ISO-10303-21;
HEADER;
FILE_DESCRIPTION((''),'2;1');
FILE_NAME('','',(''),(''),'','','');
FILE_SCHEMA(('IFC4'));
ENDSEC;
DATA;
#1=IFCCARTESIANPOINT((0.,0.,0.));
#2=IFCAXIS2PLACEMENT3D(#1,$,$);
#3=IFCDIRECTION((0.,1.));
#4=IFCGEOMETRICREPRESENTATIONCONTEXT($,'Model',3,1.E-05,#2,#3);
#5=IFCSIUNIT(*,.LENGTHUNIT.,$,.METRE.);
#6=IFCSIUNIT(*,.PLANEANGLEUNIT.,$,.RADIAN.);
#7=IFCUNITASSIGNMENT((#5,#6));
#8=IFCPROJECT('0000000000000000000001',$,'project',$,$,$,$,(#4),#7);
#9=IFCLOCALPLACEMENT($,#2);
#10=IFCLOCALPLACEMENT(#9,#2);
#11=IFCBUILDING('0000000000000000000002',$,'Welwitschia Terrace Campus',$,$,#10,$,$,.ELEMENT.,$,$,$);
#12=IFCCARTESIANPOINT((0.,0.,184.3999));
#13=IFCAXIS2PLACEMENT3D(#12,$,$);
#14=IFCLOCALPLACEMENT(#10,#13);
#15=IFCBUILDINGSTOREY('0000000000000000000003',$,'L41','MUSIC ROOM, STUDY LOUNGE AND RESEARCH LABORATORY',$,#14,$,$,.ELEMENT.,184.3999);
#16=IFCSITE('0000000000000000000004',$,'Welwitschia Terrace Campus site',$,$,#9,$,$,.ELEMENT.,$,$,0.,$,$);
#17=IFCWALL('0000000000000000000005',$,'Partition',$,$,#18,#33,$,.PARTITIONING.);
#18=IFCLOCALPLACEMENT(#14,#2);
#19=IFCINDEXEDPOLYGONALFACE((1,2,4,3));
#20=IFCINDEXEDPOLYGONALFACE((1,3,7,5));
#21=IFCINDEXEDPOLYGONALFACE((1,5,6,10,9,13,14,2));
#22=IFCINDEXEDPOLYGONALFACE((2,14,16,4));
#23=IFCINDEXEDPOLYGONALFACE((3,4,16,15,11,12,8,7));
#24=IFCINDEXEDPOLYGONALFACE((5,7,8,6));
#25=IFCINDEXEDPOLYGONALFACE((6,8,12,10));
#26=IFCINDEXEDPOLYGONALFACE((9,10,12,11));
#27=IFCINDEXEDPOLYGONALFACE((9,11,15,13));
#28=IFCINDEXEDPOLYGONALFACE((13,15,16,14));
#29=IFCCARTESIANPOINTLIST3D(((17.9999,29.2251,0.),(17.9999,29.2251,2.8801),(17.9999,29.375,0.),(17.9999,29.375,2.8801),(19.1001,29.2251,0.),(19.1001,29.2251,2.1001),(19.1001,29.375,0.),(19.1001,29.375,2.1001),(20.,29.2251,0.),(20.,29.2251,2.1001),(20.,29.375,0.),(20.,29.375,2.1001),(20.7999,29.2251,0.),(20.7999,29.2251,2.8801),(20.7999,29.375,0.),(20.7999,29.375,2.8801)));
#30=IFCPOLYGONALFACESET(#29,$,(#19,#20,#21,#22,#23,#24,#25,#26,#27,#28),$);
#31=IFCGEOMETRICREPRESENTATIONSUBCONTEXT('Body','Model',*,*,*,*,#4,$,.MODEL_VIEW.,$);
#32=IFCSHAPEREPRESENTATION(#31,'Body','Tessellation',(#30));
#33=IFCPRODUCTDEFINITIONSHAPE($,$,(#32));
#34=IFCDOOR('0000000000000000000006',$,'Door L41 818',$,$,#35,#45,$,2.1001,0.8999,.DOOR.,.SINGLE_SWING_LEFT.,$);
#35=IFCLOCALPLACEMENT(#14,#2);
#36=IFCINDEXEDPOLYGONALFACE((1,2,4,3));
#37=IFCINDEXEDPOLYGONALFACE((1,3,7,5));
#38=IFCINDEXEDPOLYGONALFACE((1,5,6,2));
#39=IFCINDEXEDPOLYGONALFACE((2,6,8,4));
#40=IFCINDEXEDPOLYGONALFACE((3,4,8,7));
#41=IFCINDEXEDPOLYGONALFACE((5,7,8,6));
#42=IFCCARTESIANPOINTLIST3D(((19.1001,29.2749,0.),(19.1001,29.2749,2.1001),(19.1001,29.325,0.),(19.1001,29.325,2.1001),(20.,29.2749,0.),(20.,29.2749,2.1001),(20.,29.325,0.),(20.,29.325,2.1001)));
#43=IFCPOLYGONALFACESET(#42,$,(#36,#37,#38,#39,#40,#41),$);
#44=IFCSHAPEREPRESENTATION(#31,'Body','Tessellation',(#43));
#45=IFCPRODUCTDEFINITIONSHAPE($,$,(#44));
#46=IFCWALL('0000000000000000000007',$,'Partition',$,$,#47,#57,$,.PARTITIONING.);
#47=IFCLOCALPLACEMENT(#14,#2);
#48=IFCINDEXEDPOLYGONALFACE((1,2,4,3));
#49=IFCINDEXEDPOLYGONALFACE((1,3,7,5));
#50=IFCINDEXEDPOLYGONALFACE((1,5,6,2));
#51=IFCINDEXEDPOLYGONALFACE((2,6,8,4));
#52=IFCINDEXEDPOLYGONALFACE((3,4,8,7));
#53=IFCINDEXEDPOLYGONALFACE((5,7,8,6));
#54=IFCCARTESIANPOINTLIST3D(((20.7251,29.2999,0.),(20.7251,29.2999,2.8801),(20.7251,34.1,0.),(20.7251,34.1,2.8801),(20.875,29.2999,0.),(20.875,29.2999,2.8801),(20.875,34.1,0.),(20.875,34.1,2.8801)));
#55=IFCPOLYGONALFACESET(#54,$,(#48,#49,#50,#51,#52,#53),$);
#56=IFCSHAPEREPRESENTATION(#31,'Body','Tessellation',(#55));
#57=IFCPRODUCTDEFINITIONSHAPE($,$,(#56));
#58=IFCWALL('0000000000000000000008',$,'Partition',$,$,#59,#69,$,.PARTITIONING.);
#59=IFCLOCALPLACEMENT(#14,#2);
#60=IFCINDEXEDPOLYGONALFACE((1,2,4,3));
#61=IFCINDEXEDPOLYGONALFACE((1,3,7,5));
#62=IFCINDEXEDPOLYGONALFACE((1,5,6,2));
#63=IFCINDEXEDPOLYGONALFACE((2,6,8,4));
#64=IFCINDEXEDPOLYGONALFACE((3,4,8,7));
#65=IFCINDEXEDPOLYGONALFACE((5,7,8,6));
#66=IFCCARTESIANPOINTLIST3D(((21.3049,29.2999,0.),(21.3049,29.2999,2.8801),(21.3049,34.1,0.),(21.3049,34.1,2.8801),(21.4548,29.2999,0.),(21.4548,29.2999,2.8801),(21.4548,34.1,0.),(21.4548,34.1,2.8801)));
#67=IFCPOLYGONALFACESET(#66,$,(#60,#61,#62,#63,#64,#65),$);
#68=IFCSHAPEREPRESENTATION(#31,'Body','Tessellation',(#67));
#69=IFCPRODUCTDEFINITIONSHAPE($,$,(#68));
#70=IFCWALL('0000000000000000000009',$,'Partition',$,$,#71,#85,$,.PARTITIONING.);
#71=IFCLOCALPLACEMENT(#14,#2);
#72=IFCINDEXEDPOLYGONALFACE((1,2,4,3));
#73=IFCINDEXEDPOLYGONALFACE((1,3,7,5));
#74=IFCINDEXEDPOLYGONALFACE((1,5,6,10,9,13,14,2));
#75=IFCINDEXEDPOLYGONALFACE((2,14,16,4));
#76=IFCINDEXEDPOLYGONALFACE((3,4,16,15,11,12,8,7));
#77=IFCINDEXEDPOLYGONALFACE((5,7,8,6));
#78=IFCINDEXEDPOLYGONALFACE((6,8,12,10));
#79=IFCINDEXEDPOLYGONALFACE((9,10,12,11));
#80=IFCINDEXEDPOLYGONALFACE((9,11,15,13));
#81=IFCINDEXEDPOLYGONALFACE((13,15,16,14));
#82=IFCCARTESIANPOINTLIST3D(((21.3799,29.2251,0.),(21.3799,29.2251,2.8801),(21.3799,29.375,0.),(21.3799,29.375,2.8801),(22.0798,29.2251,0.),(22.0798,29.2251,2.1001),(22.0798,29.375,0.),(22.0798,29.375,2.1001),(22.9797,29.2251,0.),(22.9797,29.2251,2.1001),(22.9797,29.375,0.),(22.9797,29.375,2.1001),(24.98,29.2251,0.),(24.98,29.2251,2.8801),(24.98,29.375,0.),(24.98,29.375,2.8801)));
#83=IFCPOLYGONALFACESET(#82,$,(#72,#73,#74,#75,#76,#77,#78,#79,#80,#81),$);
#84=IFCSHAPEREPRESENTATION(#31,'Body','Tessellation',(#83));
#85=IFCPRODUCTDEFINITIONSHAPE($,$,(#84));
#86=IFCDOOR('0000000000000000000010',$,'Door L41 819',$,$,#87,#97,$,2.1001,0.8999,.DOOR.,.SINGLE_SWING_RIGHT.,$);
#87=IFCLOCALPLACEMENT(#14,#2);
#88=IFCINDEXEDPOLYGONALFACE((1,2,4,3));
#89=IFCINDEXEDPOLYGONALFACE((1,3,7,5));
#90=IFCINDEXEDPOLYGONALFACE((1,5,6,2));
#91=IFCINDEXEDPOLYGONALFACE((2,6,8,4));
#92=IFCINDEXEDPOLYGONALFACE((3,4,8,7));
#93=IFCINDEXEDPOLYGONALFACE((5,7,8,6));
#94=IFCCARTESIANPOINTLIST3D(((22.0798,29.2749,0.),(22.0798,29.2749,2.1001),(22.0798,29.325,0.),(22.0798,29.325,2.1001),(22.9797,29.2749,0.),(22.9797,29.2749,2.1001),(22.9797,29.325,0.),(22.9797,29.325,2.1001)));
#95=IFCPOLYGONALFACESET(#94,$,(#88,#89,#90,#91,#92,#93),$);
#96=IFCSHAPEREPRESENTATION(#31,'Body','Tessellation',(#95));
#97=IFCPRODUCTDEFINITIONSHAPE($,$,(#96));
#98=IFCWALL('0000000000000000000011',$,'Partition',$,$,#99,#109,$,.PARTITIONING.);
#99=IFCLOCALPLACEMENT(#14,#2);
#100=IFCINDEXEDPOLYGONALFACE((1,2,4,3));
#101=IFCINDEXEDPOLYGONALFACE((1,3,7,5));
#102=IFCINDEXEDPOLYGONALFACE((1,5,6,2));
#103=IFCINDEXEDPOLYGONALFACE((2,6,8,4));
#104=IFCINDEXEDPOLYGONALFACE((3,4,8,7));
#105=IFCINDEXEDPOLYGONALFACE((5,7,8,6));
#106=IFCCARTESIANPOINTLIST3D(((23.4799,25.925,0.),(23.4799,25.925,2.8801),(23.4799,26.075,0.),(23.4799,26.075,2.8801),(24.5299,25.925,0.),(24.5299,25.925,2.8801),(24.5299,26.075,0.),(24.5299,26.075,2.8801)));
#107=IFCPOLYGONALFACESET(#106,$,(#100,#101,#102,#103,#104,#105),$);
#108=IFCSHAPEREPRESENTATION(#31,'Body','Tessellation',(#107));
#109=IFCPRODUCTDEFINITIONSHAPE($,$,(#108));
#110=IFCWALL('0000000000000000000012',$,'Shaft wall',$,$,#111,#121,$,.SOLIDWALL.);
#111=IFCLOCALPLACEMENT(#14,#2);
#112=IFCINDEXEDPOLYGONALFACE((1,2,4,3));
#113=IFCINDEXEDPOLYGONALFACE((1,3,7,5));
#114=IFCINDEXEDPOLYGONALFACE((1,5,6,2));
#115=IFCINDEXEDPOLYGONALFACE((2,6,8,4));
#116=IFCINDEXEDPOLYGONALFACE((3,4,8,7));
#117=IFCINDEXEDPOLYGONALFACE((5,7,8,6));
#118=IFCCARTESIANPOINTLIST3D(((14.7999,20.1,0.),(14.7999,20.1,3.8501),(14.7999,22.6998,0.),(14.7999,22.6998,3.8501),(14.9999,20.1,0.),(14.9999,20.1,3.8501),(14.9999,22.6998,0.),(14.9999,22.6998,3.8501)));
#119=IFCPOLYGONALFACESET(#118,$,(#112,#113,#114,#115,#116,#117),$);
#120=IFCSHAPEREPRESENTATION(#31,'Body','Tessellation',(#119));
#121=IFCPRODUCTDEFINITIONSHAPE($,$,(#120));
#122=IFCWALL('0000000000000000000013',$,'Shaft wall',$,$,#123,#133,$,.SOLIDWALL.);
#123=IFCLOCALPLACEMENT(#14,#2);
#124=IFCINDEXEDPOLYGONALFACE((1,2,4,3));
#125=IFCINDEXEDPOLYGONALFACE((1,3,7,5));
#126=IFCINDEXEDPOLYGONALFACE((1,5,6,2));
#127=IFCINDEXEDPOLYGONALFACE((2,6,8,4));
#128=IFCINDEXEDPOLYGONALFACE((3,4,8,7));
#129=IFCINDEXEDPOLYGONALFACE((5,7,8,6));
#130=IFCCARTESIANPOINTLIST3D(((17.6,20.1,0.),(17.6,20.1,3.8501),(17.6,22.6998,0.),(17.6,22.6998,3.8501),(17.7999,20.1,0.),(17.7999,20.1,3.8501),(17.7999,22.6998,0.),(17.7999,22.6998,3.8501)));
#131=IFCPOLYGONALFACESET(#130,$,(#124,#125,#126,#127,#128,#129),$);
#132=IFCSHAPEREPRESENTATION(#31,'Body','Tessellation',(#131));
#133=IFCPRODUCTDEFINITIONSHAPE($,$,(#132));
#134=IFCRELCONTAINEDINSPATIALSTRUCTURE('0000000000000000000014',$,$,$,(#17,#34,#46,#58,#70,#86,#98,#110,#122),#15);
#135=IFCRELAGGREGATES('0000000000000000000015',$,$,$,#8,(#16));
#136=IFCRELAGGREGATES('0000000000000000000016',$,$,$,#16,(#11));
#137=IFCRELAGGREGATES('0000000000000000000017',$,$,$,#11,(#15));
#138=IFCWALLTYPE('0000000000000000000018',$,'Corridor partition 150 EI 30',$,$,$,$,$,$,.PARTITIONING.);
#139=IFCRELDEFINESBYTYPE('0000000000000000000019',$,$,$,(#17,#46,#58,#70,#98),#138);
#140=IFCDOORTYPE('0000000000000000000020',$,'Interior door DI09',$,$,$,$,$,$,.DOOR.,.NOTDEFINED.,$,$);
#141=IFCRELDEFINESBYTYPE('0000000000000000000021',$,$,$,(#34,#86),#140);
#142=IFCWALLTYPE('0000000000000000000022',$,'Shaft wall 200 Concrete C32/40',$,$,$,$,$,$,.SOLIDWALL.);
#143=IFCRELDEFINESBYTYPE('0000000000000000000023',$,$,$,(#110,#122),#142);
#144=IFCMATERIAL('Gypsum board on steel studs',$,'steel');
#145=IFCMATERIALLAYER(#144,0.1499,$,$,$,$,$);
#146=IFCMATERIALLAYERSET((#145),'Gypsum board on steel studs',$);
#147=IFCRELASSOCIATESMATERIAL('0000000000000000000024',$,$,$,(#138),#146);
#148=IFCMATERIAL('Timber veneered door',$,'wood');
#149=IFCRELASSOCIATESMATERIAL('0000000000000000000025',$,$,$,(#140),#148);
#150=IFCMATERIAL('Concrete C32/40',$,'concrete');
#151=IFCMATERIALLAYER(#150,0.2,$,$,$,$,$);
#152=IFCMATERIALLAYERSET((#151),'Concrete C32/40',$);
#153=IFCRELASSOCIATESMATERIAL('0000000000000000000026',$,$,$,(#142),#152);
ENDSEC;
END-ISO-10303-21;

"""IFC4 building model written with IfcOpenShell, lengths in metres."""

from ifc_helpers import new_model, si_unit, direction, frame, frame_2d, origin, place, context, subcontext, project, spatial, rectangle, extrude, material, layer, layer_set, type_object, element, fill, save


model = new_model("IFC4")

# Units and contexts
model_context = context("Model", 3, precision=1e-05, world=origin(), true_north=direction((0.0, 1.0)))
body_context = subcontext(model_context, "Body", "Model", "MODEL_VIEW")
ifc_project = project(units=[si_unit("LENGTHUNIT", "METRE"), si_unit("PLANEANGLEUNIT", "RADIAN")], contexts=[model_context])

# Site, building, storey
site_placement = place(None, origin())
site = spatial("IfcSite", under=ifc_project, at=site_placement, Name="Welwitschia Terrace Campus site", CompositionType="ELEMENT", RefElevation=0.0)
building_placement = place(site_placement, origin())
building = spatial("IfcBuilding", under=site, at=building_placement, Name="Welwitschia Terrace Campus", CompositionType="ELEMENT")
storey_placement = place(building_placement, frame((0.0, 0.0, 184.3999)))
storey = spatial("IfcBuildingStorey", under=building, at=storey_placement, Name="L41", Description="MUSIC ROOM, STUDY LOUNGE AND RESEARCH LABORATORY", CompositionType="ELEMENT", Elevation=184.3999)

# Shared definitions
ifc_material_1 = material(Name="Gypsum board on steel studs", Category="steel")
ifc_layer_1 = layer(ifc_material_1, 0.1499)
ifc_layer_set_1 = layer_set([ifc_layer_1], Name="Gypsum board on steel studs")
wall_type_1 = type_object("IfcWallType", Name="Corridor partition 150 EI 30", PredefinedType="PARTITIONING", material=ifc_layer_set_1)

# Wall, opening, door
wall_1_placement = place(storey_placement, frame((18.0, 29.3, 0.0), z_axis=(0.0, 0.0, 1.0), x_axis=(1.0, 0.0, 0.0)))
wall_1 = element("IfcWall", 1, at=wall_1_placement, inside=storey, type_object=wall_type_1, Name="Partition", PredefinedType="PARTITIONING", context=body_context, shape_type="SweptSolid", body=[
    extrude(rectangle(XDim=2.8, YDim=0.1499, at=frame_2d((1.3999, 0.0))), origin(), (0.0, 0.0, 1.0), 2.8801),
])
opening_1_placement = place(wall_1_placement, frame((1.1001, 0.0, 0.0)))
opening_1 = element("IfcOpeningElement", 2, at=opening_1_placement, cuts=wall_1, PredefinedType="OPENING", context=body_context, shape_type="SweptSolid", body=[
    extrude(rectangle(XDim=0.8999, YDim=2.1001, at=frame_2d((0.45, 1.05))), frame((0.0, 0.085, 0.0), z_axis=(0.0, -1.0, 0.0), x_axis=(1.0, 0.0, 0.0)), (0.0, 0.0, 1.0), 0.1699),
])
ifc_material_2 = material(Name="Timber veneered door", Category="wood")
door_type_1 = type_object("IfcDoorType", Name="Interior door DI09", OperationType="NOTDEFINED", PredefinedType="DOOR", material=ifc_material_2)
door_1_placement = place(opening_1_placement, origin())
door_1 = element("IfcDoor", 3, at=door_1_placement, inside=storey, type_object=door_type_1, Name="Door L41 818", OperationType="SINGLE_SWING_LEFT", OverallHeight=2.1001, OverallWidth=0.8999, PredefinedType="DOOR", context=body_context, shape_type="SweptSolid", body=[
    extrude(rectangle(XDim=0.8999, YDim=2.1001, at=frame_2d((0.45, 1.05))), frame((0.0, 0.0249, 0.0), z_axis=(0.0, -1.0, 0.0), x_axis=(1.0, 0.0, 0.0)), (0.0, 0.0, 1.0), 0.05),
])
fill(opening_1, door_1)

# Walls
for number, where, z_axis, x_axis, name in (
    (4, (20.8, 29.3, 0.0), (0.0, 0.0, 1.0), (0.0, 1.0, 0.0), "Partition"),
    (5, (21.3799, 29.3, 0.0), (0.0, 0.0, 1.0), (0.0, 1.0, 0.0), "Partition"),
):
    element("IfcWall", number, at=place(storey_placement, frame(where, z_axis=z_axis, x_axis=x_axis)), inside=storey, type_object=wall_type_1, Name=name, PredefinedType="PARTITIONING", context=body_context, shape_type="SweptSolid", body=[
        extrude(rectangle(XDim=4.8, YDim=0.1499, at=frame_2d((2.3999, 0.0))), origin(), (0.0, 0.0, 1.0), 2.8801),
    ])

# Wall, opening, door
wall_2_placement = place(storey_placement, frame((21.3799, 29.3, 0.0), z_axis=(0.0, 0.0, 1.0), x_axis=(1.0, 0.0, 0.0)))
wall_2 = element("IfcWall", 6, at=wall_2_placement, inside=storey, type_object=wall_type_1, Name="Partition", PredefinedType="PARTITIONING", context=body_context, shape_type="SweptSolid", body=[
    extrude(rectangle(XDim=3.6001, YDim=0.1499, at=frame_2d((1.8, 0.0))), origin(), (0.0, 0.0, 1.0), 2.8801),
])
opening_2_placement = place(wall_2_placement, frame((0.7, 0.0, 0.0)))
opening_2 = element("IfcOpeningElement", 7, at=opening_2_placement, cuts=wall_2, PredefinedType="OPENING", context=body_context, shape_type="SweptSolid", body=[
    extrude(rectangle(XDim=0.8999, YDim=2.1001, at=frame_2d((0.45, 1.05))), frame((0.0, 0.085, 0.0), z_axis=(0.0, -1.0, 0.0), x_axis=(1.0, 0.0, 0.0)), (0.0, 0.0, 1.0), 0.1699),
])
door_2_placement = place(opening_2_placement, origin())
door_2 = element("IfcDoor", 8, at=door_2_placement, inside=storey, type_object=door_type_1, Name="Door L41 819", OperationType="SINGLE_SWING_RIGHT", OverallHeight=2.1001, OverallWidth=0.8999, PredefinedType="DOOR", context=body_context, shape_type="SweptSolid", body=[
    extrude(rectangle(XDim=0.8999, YDim=2.1001, at=frame_2d((0.45, 1.05))), frame((0.0, 0.0249, 0.0), z_axis=(0.0, -1.0, 0.0), x_axis=(1.0, 0.0, 0.0)), (0.0, 0.0, 1.0), 0.05),
])
fill(opening_2, door_2)

# Walls
wall_3_placement = place(storey_placement, frame((23.48, 26.0, 0.0), z_axis=(0.0, 0.0, 1.0), x_axis=(1.0, 0.0, 0.0)))
element("IfcWall", 9, at=wall_3_placement, inside=storey, type_object=wall_type_1, Name="Partition", PredefinedType="PARTITIONING", context=body_context, shape_type="SweptSolid", body=[
    extrude(rectangle(XDim=1.05, YDim=0.1499, at=frame_2d((0.5249, 0.0))), origin(), (0.0, 0.0, 1.0), 2.8801),
])
ifc_material_3 = material(Name="Concrete C32/40", Category="concrete")
ifc_layer_2 = layer(ifc_material_3, 0.2)
ifc_layer_set_2 = layer_set([ifc_layer_2], Name="Concrete C32/40")
wall_type_2 = type_object("IfcWallType", Name="Shaft wall 200 Concrete C32/40", PredefinedType="SOLIDWALL", material=ifc_layer_set_2)
for number, where, z_axis, x_axis, name in (
    (10, (14.8999, 20.1001, 0.0), (0.0, 0.0, 1.0), (0.0, 1.0, 0.0), "Shaft wall"),
    (11, (17.7, 20.1001, 0.0), (0.0, 0.0, 1.0), (0.0, 1.0, 0.0), "Shaft wall"),
):
    element("IfcWall", number, at=place(storey_placement, frame(where, z_axis=z_axis, x_axis=x_axis)), inside=storey, type_object=wall_type_2, Name=name, PredefinedType="SOLIDWALL", context=body_context, shape_type="SweptSolid", body=[
        extrude(rectangle(XDim=2.5999, YDim=0.2, at=frame_2d((1.2998, 0.0))), origin(), (0.0, 0.0, 1.0), 3.8501),
    ])

save(model, "model.ifc")
